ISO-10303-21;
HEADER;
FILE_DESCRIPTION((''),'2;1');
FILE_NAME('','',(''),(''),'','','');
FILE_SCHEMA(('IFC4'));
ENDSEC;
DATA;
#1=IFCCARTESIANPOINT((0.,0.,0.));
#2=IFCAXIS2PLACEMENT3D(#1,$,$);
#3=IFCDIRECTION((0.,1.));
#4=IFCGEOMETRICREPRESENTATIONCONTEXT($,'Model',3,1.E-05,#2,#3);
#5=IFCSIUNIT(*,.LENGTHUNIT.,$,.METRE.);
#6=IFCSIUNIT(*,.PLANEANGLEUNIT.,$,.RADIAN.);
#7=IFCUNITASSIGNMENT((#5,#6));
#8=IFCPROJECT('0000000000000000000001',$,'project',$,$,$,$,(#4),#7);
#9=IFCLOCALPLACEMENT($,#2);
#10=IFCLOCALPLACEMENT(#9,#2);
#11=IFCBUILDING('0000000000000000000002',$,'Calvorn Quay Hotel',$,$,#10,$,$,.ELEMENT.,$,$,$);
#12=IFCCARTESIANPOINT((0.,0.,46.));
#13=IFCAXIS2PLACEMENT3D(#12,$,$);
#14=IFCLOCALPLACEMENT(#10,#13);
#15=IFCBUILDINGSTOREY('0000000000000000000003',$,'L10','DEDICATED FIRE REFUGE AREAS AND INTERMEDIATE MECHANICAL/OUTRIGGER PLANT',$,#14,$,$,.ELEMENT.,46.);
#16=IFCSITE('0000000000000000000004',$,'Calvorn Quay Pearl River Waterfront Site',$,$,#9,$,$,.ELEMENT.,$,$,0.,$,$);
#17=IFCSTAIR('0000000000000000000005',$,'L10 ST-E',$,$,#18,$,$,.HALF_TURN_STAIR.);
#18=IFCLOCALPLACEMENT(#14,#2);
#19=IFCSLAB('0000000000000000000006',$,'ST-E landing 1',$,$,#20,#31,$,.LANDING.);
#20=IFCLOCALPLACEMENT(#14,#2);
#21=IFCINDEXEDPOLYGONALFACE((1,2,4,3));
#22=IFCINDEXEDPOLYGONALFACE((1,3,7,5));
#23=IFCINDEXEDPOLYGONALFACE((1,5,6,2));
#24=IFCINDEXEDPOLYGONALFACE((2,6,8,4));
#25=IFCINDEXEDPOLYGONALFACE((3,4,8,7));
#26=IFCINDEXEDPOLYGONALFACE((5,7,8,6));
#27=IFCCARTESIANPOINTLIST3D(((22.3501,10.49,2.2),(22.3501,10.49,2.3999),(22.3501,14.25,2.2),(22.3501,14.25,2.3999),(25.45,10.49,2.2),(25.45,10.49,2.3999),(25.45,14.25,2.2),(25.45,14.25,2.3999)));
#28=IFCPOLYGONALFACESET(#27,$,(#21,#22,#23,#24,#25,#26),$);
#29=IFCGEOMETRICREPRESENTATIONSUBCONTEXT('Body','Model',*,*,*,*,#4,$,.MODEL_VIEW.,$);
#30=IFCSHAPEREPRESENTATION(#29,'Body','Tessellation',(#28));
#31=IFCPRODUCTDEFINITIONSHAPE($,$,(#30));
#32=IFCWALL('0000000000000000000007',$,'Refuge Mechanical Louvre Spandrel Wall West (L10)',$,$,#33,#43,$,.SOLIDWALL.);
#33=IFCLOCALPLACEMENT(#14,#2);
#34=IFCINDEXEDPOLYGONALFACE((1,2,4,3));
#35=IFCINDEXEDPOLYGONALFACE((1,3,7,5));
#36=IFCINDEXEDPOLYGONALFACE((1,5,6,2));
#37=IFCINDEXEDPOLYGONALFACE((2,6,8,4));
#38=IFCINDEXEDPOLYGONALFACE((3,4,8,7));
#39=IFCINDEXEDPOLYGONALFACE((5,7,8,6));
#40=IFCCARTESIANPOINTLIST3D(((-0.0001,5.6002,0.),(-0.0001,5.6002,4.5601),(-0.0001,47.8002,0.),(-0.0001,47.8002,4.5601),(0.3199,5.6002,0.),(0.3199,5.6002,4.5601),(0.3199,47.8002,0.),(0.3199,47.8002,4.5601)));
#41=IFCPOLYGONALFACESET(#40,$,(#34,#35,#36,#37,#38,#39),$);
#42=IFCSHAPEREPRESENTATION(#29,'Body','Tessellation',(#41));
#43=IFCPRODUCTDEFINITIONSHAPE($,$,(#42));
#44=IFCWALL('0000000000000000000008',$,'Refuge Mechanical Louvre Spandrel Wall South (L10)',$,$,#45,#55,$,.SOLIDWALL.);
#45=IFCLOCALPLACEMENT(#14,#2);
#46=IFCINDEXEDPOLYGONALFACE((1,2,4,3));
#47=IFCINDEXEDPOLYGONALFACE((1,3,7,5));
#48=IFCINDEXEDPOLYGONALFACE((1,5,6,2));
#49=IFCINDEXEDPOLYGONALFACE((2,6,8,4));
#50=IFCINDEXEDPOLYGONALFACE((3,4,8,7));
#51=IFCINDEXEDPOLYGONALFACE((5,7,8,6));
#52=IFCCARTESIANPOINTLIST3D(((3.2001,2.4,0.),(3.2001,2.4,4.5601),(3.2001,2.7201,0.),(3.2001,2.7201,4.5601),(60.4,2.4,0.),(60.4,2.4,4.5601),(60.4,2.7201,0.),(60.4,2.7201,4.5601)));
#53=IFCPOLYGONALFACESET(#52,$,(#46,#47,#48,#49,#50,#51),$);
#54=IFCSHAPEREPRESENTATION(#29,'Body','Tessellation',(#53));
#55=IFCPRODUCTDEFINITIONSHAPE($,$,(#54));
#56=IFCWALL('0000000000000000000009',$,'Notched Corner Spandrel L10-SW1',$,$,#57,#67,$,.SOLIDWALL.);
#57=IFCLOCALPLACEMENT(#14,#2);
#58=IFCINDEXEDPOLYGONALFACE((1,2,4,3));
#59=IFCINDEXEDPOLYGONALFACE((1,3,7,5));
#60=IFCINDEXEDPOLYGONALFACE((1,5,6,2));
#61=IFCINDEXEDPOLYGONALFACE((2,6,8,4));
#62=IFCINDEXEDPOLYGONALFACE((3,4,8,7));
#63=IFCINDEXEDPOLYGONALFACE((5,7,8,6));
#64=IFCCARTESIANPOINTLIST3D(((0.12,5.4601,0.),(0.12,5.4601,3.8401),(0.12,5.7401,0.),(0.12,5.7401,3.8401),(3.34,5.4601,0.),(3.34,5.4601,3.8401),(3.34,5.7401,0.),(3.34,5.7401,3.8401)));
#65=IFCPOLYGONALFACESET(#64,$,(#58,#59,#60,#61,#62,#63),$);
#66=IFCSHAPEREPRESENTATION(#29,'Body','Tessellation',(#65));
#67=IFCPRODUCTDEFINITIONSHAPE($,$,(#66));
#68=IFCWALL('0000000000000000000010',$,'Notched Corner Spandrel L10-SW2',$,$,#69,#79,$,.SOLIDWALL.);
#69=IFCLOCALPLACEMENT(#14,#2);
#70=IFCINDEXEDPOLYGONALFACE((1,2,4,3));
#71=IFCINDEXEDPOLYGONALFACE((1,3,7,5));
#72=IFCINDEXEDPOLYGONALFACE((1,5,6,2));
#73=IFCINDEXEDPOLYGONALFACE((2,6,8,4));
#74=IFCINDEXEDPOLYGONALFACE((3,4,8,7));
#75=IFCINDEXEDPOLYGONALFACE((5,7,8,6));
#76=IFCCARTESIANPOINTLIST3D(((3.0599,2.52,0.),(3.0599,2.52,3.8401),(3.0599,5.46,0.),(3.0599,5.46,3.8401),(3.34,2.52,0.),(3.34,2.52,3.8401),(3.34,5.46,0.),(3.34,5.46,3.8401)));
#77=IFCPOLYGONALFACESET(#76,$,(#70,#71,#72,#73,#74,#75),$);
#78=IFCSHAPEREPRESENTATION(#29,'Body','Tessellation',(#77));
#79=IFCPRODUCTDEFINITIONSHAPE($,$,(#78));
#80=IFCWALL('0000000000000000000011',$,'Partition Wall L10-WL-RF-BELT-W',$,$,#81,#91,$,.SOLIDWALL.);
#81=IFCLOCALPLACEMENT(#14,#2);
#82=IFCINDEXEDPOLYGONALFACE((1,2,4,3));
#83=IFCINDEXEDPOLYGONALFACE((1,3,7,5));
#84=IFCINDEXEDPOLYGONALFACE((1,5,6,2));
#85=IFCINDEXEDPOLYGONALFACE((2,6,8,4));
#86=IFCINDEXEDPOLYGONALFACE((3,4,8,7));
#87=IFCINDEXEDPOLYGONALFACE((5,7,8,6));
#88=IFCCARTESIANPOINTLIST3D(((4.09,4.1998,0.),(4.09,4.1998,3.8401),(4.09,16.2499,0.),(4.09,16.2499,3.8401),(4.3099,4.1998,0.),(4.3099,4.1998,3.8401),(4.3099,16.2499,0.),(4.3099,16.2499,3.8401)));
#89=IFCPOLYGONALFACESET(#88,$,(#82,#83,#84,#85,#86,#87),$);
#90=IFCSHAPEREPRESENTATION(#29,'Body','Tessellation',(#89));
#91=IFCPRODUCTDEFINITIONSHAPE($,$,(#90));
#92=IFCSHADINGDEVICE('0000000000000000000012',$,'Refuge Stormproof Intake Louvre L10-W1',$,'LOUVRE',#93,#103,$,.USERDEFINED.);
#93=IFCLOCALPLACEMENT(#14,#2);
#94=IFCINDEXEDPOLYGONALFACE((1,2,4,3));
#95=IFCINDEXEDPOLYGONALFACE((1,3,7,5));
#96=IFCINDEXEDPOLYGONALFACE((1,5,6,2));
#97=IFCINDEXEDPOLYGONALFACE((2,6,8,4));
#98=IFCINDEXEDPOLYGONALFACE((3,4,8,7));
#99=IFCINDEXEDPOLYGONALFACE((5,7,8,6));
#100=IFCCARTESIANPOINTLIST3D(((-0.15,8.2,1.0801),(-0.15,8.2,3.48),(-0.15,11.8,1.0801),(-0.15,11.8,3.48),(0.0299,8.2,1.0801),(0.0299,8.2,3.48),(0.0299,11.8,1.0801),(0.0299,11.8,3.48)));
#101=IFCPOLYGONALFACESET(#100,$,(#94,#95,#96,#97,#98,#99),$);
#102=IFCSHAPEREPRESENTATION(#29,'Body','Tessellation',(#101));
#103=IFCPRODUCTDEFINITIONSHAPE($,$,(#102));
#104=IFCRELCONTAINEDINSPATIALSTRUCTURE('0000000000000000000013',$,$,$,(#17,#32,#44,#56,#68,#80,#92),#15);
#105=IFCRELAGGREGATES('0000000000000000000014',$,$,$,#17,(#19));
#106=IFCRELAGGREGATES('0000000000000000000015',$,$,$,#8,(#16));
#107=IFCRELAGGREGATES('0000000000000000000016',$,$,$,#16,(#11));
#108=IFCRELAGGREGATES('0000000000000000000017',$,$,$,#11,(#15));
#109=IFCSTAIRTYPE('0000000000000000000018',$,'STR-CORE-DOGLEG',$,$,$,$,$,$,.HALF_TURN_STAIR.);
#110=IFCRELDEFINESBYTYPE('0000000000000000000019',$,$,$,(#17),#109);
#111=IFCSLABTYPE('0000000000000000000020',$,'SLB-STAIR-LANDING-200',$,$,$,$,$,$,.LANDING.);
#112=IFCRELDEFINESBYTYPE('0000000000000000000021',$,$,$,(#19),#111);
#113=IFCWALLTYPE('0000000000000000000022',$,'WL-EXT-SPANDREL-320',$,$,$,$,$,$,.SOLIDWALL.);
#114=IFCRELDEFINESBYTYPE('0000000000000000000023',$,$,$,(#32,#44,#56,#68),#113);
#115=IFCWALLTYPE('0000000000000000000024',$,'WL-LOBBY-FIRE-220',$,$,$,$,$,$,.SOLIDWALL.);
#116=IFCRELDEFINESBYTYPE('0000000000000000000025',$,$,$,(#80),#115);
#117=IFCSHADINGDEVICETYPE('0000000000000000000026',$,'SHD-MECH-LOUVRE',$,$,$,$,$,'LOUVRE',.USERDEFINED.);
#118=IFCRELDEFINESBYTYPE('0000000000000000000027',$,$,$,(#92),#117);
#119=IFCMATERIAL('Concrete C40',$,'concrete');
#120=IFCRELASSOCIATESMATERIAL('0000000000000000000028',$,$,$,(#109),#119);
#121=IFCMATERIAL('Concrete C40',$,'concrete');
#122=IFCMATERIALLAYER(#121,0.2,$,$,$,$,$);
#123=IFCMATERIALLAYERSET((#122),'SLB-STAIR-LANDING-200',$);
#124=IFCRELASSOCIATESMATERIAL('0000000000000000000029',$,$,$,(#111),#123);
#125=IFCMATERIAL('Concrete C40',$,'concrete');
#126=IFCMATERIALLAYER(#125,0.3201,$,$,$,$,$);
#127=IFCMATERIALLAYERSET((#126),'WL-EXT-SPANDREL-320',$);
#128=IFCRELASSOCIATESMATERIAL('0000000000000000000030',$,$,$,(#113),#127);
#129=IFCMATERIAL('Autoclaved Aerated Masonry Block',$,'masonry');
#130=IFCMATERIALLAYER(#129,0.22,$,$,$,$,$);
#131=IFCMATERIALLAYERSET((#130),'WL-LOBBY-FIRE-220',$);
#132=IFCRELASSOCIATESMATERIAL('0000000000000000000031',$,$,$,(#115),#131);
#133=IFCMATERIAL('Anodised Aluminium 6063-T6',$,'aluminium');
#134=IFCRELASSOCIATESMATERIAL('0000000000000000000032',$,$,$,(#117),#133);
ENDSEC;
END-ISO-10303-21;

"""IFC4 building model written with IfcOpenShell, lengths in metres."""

from ifc_helpers import new_model, si_unit, direction, frame, frame_2d, origin, origin_2d, place, context, subcontext, project, spatial, polyline, rectangle, outline, extrude, material, layer, layer_set, type_object, element, aggregate, save


model = new_model("IFC4")

# Units and contexts
model_context = context("Model", 3, precision=1e-05, world=origin(), true_north=direction((0.0, 1.0)))
body_context = subcontext(model_context, "Body", "Model", "MODEL_VIEW")
ifc_project = project(units=[si_unit("LENGTHUNIT", "METRE"), si_unit("PLANEANGLEUNIT", "RADIAN")], contexts=[model_context])

# Site, building, storey
site_placement = place(None, origin())
site = spatial("IfcSite", under=ifc_project, at=site_placement, Name="Calvorn Quay Pearl River Waterfront Site", CompositionType="ELEMENT", RefElevation=0.0)
building_placement = place(site_placement, origin())
building = spatial("IfcBuilding", under=site, at=building_placement, Name="Calvorn Quay Hotel", CompositionType="ELEMENT")
storey_placement = place(building_placement, frame((0.0, 0.0, 46.0)))
storey = spatial("IfcBuildingStorey", under=building, at=storey_placement, Name="L10", Description="DEDICATED FIRE REFUGE AREAS AND INTERMEDIATE MECHANICAL/OUTRIGGER PLANT", CompositionType="ELEMENT", Elevation=46.0)

# Stair, slab
ifc_material_1 = material(Name="Concrete C40", Category="concrete")
stair_type = type_object("IfcStairType", Name="STR-CORE-DOGLEG", PredefinedType="HALF_TURN_STAIR", material=ifc_material_1)
ifc_material_2 = material(Name="Concrete C40", Category="concrete")
ifc_layer_1 = layer(ifc_material_2, 0.2)
ifc_layer_set_1 = layer_set([ifc_layer_1], Name="SLB-STAIR-LANDING-200")
slab_type_1 = type_object("IfcSlabType", Name="SLB-STAIR-LANDING-200", PredefinedType="LANDING", material=ifc_layer_set_1)
stair_1_placement = place(storey_placement, origin())
stair_1 = element("IfcStair", 1, at=stair_1_placement, inside=storey, type_object=stair_type, Name="L10 ST-E", PredefinedType="HALF_TURN_STAIR")
slab_1_placement = place(storey_placement, frame((0.0, 0.0, 2.2)))
slab_1 = element("IfcSlab", 2, at=slab_1_placement, type_object=slab_type_1, Name="ST-E landing 1", PredefinedType="LANDING", context=body_context, shape_type="SweptSolid", body=[
    extrude(outline(polyline([(25.45, 10.49), (25.45, 14.25), (22.3501, 14.25), (22.3501, 10.49), (25.45, 10.49)])), origin(), (0.0, 0.0, 1.0), 0.2),
])
aggregate(stair_1, [slab_1])

# Walls
ifc_material_3 = material(Name="Concrete C40", Category="concrete")
ifc_layer_2 = layer(ifc_material_3, 0.3201)
ifc_layer_set_2 = layer_set([ifc_layer_2], Name="WL-EXT-SPANDREL-320")
wall_type_1 = type_object("IfcWallType", Name="WL-EXT-SPANDREL-320", PredefinedType="SOLIDWALL", material=ifc_layer_set_2)
wall_1_placement = place(storey_placement, frame((0.1599, 5.6001, 0.0), z_axis=(0.0, 0.0, 1.0), x_axis=(0.0, 1.0, 0.0)))
element("IfcWall", 3, at=wall_1_placement, inside=storey, type_object=wall_type_1, Name="Refuge Mechanical Louvre Spandrel Wall West (L10)", PredefinedType="SOLIDWALL", context=body_context, shape_type="SweptSolid", body=[
    extrude(rectangle(XDim=42.2, YDim=0.3201, at=frame_2d((21.1001, 0.0))), origin(), (0.0, 0.0, 1.0), 4.5601),
])
wall_2_placement = place(storey_placement, frame((3.2, 2.5601, 0.0), z_axis=(0.0, 0.0, 1.0), x_axis=(1.0, 0.0, 0.0)))
element("IfcWall", 4, at=wall_2_placement, inside=storey, type_object=wall_type_1, Name="Refuge Mechanical Louvre Spandrel Wall South (L10)", PredefinedType="SOLIDWALL", context=body_context, shape_type="SweptSolid", body=[
    extrude(rectangle(XDim=57.2, YDim=0.3201, at=frame_2d((28.6001, 0.0))), origin(), (0.0, 0.0, 1.0), 4.5601),
])
wall_3_placement = place(storey_placement, frame((0.1201, 5.6001, 0.0), z_axis=(0.0, 0.0, 1.0), x_axis=(1.0, 0.0, 0.0)))
element("IfcWall", 5, at=wall_3_placement, inside=storey, type_object=wall_type_1, Name="Notched Corner Spandrel L10-SW1", PredefinedType="SOLIDWALL", context=body_context, shape_type="SweptSolid", body=[
    extrude(rectangle(XDim=3.22, YDim=0.28, at=frame_2d((1.6099, 0.0))), origin(), (0.0, 0.0, 1.0), 3.8401),
])
wall_4_placement = place(storey_placement, frame((3.2, 5.46, 0.0), z_axis=(0.0, 0.0, 1.0), x_axis=(0.0, -1.0, 0.0)))
element("IfcWall", 6, at=wall_4_placement, inside=storey, type_object=wall_type_1, Name="Notched Corner Spandrel L10-SW2", PredefinedType="SOLIDWALL", context=body_context, shape_type="SweptSolid", body=[
    extrude(rectangle(XDim=2.9399, YDim=0.28, at=frame_2d((1.47, 0.0))), origin(), (0.0, 0.0, 1.0), 3.8401),
])
ifc_material_4 = material(Name="Autoclaved Aerated Masonry Block", Category="masonry")
ifc_layer_3 = layer(ifc_material_4, 0.22)
ifc_layer_set_3 = layer_set([ifc_layer_3], Name="WL-LOBBY-FIRE-220")
wall_type_2 = type_object("IfcWallType", Name="WL-LOBBY-FIRE-220", PredefinedType="SOLIDWALL", material=ifc_layer_set_3)
wall_5_placement = place(storey_placement, frame((4.2, 4.2, 0.0), z_axis=(0.0, 0.0, 1.0), x_axis=(0.0, 1.0, 0.0)))
element("IfcWall", 7, at=wall_5_placement, inside=storey, type_object=wall_type_2, Name="Partition Wall L10-WL-RF-BELT-W", PredefinedType="SOLIDWALL", context=body_context, shape_type="SweptSolid", body=[
    extrude(rectangle(XDim=12.05, YDim=0.22, at=frame_2d((6.0249, 0.0))), origin(), (0.0, 0.0, 1.0), 3.8401),
])

# Shading device
ifc_material_5 = material(Name="Anodised Aluminium 6063-T6", Category="aluminium")
shading_device_type = type_object("IfcShadingDeviceType", Name="SHD-MECH-LOUVRE", ElementType="LOUVRE", PredefinedType="USERDEFINED", material=ifc_material_5)
shading_device_placement = place(storey_placement, frame((-0.0601, 10.0, 1.0801), z_axis=(0.0, 0.0, 1.0), x_axis=(1.0, 0.0, 0.0)))
element("IfcShadingDevice", 8, at=shading_device_placement, inside=storey, type_object=shading_device_type, Name="Refuge Stormproof Intake Louvre L10-W1", ObjectType="LOUVRE", PredefinedType="USERDEFINED", context=body_context, shape_type="SweptSolid", body=[
    extrude(rectangle(XDim=0.1799, YDim=3.6001, at=origin_2d()), origin(), (0.0, 0.0, 1.0), 2.3999),
])

save(model, "model.ifc")
